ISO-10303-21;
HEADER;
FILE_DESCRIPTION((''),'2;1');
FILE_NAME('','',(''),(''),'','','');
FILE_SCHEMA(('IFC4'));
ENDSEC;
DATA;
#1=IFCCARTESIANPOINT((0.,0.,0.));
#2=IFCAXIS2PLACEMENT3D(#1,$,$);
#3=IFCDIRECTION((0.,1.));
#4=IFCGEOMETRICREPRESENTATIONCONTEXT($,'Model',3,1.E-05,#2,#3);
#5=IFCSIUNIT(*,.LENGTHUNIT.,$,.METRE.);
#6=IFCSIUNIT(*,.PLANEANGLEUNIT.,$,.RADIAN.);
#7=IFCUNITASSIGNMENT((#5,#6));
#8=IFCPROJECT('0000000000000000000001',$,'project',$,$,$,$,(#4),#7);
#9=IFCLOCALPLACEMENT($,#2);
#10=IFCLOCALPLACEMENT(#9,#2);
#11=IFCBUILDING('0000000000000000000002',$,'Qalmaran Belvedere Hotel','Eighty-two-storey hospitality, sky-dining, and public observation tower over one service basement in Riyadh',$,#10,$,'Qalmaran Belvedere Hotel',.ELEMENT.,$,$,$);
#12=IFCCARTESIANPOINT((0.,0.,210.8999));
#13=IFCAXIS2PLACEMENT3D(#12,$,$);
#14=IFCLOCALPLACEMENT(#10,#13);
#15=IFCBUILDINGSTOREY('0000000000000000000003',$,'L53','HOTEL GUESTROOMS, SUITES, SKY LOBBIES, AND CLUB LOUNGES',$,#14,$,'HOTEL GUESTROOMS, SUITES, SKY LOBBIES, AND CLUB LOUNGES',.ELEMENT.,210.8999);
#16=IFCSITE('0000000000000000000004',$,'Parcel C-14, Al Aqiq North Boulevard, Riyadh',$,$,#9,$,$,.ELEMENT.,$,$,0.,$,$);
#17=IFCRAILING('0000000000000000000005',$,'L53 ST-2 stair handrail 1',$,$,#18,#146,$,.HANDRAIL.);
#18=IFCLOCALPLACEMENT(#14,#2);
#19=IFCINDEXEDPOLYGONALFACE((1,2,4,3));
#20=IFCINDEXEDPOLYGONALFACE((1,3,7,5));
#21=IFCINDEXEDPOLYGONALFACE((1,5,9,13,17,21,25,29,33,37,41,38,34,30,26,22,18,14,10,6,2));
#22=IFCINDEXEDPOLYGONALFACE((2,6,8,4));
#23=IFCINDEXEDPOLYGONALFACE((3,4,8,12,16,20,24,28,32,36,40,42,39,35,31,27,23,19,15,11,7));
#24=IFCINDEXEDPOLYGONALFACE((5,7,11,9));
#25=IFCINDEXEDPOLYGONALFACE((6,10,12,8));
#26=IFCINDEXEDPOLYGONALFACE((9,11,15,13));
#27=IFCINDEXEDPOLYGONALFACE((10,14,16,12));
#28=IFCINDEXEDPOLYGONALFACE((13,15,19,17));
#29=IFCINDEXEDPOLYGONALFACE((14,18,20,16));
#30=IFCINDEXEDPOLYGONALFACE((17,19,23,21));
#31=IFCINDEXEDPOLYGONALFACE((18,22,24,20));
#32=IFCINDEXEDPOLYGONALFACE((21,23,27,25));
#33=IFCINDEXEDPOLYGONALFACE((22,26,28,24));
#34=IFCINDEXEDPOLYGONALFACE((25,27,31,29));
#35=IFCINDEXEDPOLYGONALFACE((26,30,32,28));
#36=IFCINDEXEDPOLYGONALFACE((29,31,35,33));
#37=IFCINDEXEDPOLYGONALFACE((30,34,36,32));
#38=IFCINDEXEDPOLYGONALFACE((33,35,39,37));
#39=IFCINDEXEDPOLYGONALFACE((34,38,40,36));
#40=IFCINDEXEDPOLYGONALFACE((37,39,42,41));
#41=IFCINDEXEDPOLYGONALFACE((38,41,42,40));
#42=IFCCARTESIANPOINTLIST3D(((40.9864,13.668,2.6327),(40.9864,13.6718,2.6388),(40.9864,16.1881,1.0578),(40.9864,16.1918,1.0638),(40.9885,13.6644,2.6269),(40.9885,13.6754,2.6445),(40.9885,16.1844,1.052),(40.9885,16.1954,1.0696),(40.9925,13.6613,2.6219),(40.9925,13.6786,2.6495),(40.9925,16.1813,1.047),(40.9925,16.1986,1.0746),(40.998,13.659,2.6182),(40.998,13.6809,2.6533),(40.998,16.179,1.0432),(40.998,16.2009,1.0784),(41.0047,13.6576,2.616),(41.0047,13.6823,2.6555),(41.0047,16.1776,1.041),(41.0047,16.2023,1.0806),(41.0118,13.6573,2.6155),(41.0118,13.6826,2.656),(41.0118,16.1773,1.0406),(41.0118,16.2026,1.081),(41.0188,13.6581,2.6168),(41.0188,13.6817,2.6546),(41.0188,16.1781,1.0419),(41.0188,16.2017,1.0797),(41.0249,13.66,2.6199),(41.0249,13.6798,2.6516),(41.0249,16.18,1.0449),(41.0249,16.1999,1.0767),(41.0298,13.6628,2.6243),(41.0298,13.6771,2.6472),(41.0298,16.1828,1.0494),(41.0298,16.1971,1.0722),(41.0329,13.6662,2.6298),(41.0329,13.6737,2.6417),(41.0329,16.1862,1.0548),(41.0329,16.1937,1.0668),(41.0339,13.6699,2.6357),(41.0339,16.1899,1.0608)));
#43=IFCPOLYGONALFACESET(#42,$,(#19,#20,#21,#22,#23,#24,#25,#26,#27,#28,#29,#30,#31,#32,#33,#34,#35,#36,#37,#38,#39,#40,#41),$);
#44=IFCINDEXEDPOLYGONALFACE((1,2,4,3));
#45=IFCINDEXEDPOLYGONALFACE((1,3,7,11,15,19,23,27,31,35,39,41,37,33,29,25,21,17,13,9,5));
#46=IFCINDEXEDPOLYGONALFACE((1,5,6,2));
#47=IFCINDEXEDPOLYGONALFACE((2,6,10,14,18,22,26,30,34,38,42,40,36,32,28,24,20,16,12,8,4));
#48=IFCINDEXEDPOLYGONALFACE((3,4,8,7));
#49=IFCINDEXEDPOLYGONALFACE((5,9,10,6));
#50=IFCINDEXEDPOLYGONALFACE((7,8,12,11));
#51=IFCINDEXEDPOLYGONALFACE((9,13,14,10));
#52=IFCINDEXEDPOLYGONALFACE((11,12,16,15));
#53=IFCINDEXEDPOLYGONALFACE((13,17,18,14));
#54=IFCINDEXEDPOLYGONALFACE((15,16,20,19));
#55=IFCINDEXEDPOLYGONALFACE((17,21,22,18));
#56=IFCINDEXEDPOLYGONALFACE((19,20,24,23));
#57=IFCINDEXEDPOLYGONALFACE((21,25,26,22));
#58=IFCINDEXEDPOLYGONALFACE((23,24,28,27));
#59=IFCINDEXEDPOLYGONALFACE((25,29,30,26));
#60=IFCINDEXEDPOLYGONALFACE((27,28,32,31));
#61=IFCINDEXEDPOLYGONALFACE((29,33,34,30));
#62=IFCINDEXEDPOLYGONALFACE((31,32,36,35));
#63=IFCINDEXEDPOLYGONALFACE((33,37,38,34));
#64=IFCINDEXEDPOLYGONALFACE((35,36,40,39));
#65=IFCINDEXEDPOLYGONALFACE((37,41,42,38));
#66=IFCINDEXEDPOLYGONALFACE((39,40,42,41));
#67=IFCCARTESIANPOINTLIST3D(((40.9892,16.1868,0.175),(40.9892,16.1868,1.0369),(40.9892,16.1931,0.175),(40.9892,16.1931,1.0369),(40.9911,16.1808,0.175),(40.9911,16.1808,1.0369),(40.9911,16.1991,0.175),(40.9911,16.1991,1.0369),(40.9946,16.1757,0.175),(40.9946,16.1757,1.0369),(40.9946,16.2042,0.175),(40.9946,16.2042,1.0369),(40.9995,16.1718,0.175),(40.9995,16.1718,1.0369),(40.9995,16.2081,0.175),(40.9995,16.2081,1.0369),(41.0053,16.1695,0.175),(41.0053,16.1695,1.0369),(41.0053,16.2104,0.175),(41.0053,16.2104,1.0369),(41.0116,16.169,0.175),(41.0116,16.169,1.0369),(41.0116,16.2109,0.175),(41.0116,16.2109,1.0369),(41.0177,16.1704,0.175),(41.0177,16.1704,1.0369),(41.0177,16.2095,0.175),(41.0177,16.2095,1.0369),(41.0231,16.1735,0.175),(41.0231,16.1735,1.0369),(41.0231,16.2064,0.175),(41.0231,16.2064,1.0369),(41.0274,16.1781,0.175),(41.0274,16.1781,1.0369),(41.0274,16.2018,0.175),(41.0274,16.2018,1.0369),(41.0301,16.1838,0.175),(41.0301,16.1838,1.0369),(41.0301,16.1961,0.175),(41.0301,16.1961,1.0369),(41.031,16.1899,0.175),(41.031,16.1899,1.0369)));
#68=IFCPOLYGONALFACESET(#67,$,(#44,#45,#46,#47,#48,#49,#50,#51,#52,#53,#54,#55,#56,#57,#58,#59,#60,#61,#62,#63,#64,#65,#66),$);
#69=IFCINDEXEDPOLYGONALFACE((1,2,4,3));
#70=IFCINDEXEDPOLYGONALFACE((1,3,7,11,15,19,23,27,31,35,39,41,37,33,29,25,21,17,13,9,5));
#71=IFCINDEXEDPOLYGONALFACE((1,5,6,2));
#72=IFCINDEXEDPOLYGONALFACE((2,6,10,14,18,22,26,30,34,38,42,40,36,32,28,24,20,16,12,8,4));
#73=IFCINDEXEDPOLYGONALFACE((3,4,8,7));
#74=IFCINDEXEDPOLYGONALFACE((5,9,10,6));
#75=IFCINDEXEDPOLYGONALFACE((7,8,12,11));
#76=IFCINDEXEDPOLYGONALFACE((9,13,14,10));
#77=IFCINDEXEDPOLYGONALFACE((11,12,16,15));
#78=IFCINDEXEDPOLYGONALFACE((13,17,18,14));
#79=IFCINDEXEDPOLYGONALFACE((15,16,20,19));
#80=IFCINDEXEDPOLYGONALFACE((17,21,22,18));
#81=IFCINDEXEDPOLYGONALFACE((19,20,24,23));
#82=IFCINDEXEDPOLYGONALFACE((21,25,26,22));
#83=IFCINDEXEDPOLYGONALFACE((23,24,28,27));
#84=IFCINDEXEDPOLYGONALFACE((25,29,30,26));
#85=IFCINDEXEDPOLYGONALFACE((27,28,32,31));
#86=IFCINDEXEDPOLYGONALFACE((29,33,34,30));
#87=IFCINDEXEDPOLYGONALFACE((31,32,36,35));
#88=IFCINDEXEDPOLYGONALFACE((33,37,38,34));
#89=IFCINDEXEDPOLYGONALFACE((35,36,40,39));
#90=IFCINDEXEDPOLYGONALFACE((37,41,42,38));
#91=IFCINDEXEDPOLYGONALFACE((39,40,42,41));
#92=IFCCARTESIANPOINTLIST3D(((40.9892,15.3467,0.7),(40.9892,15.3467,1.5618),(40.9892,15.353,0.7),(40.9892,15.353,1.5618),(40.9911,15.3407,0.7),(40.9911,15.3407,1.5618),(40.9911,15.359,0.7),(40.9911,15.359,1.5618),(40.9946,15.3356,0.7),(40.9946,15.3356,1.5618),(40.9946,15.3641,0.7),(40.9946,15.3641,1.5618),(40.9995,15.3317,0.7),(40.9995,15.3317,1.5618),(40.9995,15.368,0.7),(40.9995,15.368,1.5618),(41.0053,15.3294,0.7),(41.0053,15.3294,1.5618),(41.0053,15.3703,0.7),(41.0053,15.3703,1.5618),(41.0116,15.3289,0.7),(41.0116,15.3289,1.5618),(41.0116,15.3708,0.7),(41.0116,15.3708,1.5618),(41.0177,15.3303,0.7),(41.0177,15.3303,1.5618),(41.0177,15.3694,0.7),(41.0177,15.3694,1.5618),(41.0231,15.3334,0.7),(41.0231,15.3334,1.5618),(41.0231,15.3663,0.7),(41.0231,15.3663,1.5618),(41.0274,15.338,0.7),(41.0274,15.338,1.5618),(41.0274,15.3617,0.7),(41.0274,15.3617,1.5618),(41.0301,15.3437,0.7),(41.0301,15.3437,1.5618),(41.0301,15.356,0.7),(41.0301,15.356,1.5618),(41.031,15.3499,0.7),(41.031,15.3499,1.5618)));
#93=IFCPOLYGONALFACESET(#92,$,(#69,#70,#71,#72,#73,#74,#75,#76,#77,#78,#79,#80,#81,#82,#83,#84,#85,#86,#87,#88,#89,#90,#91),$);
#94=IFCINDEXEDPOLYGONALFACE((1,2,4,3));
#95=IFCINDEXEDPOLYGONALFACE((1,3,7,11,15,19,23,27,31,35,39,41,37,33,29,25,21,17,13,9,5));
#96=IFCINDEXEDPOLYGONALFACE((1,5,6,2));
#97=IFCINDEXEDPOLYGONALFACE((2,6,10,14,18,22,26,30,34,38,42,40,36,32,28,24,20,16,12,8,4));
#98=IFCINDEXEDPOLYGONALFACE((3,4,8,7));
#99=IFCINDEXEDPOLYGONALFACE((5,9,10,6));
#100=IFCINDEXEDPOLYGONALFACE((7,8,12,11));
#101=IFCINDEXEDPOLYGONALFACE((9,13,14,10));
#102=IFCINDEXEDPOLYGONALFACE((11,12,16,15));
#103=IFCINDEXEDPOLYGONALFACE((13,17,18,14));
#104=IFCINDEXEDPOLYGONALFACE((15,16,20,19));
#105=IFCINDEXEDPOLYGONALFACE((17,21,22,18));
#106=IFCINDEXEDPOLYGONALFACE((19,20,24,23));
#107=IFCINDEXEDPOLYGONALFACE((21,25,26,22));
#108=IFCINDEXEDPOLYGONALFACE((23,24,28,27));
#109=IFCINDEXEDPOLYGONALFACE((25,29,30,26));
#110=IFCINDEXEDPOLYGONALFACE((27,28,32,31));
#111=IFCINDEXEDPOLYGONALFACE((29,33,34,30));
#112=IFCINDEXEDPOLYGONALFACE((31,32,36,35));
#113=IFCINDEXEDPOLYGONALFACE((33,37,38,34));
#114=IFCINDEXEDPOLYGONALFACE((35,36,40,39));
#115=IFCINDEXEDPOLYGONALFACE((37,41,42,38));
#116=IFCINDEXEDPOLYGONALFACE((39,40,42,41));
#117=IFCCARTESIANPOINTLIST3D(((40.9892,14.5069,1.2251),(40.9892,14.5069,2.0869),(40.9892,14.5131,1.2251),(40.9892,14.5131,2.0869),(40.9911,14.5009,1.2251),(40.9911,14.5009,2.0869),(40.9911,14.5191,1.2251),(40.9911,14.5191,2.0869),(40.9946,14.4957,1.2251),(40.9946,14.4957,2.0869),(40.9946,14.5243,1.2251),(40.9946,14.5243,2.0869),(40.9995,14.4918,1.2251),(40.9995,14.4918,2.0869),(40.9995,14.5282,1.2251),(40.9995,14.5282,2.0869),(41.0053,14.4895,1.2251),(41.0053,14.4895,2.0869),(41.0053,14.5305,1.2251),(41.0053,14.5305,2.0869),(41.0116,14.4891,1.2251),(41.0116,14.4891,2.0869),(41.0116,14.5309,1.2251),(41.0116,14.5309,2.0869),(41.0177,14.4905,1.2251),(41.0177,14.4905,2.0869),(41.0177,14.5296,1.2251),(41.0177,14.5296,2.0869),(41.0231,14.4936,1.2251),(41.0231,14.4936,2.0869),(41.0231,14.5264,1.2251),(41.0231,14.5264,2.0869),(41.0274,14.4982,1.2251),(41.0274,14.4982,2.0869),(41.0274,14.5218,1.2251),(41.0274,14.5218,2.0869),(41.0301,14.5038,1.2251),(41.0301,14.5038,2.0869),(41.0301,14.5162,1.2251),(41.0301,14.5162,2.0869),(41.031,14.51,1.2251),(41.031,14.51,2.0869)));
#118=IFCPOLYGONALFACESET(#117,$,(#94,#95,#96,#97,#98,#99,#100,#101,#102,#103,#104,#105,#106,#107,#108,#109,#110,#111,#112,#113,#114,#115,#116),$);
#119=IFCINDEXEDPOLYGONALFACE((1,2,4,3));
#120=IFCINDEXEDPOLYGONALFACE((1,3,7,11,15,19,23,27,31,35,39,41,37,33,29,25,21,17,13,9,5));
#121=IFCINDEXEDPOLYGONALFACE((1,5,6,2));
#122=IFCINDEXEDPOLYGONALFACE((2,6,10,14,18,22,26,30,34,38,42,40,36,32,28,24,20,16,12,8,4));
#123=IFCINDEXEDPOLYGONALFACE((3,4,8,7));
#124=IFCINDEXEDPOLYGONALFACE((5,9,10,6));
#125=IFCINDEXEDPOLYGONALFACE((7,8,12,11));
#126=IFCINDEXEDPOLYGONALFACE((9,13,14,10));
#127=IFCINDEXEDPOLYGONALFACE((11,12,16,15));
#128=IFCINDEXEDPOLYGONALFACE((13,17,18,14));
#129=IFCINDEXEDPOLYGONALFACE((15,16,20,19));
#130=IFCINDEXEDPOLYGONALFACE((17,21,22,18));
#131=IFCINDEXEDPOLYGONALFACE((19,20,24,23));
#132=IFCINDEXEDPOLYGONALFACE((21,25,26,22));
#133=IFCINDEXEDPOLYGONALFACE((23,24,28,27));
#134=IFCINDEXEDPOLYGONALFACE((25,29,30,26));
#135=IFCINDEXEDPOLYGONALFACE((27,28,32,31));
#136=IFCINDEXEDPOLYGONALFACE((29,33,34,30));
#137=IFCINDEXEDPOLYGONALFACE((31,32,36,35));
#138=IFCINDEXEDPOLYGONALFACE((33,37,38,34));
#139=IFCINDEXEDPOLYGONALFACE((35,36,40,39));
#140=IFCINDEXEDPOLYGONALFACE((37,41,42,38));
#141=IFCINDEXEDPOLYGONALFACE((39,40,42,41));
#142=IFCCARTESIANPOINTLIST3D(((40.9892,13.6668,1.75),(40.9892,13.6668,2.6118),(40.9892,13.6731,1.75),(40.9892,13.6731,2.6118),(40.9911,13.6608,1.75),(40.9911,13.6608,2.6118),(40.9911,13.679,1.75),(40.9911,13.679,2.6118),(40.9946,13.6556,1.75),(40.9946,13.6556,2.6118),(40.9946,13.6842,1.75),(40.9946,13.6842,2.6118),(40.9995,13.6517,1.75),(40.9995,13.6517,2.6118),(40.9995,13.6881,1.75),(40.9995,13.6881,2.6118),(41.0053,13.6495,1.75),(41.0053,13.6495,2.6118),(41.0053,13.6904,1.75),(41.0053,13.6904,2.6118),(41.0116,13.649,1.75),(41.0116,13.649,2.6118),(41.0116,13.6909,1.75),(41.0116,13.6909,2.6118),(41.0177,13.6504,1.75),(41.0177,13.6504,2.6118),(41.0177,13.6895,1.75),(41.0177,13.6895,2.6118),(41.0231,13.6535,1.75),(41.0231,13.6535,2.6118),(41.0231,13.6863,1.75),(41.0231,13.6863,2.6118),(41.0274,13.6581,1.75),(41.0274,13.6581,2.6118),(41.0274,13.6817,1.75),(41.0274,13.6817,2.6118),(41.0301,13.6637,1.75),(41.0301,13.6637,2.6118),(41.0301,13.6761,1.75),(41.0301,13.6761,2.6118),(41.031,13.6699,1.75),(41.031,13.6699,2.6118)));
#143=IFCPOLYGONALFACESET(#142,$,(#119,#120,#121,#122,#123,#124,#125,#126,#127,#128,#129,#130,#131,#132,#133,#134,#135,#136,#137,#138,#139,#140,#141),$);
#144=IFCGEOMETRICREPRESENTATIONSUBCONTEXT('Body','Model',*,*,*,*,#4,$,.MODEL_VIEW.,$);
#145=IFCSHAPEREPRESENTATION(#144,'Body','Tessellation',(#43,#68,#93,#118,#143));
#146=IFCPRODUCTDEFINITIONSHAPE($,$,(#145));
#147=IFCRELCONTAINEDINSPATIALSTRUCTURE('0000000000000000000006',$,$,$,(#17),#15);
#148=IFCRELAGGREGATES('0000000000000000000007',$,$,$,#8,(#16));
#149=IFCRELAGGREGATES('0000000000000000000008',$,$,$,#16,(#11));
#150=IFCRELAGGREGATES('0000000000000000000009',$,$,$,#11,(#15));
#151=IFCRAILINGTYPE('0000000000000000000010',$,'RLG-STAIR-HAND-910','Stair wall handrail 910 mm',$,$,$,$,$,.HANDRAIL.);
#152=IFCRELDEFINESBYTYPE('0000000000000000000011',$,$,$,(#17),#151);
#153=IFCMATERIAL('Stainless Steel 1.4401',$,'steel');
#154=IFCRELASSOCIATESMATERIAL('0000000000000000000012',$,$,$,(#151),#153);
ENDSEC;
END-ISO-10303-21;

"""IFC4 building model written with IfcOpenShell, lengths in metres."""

from ifc_helpers import new_model, si_unit, direction, frame, origin, origin_2d, place, context, subcontext, project, spatial, circle, extrude, material, type_object, element, save


model = new_model("IFC4")

# Units and contexts
model_context = context("Model", 3, precision=1e-05, world=origin(), true_north=direction((0.0, 1.0)))
body_context = subcontext(model_context, "Body", "Model", "MODEL_VIEW")
ifc_project = project(units=[si_unit("LENGTHUNIT", "METRE"), si_unit("PLANEANGLEUNIT", "RADIAN")], contexts=[model_context])

# Site, building, storey
site_placement = place(None, origin())
site = spatial("IfcSite", under=ifc_project, at=site_placement, Name="Parcel C-14, Al Aqiq North Boulevard, Riyadh", CompositionType="ELEMENT", RefElevation=0.0)
building_placement = place(site_placement, origin())
building = spatial("IfcBuilding", under=site, at=building_placement, Name="Qalmaran Belvedere Hotel", Description="Eighty-two-storey hospitality, sky-dining, and public observation tower over one service basement in Riyadh", LongName="Qalmaran Belvedere Hotel", CompositionType="ELEMENT")
storey_placement = place(building_placement, frame((0.0, 0.0, 210.8999)))
storey = spatial("IfcBuildingStorey", under=building, at=storey_placement, Name="L53", Description="HOTEL GUESTROOMS, SUITES, SKY LOBBIES, AND CLUB LOUNGES", LongName="HOTEL GUESTROOMS, SUITES, SKY LOBBIES, AND CLUB LOUNGES", CompositionType="ELEMENT", Elevation=210.8999)

# Shared definitions
ifc_material_1 = material(Name="Stainless Steel 1.4401", Category="steel")

# Railing
railing_type = type_object("IfcRailingType", Name="RLG-STAIR-HAND-910", Description="Stair wall handrail 910 mm", PredefinedType="HANDRAIL", material=ifc_material_1)
railing_placement = place(storey_placement, frame((41.01, 16.1899, 0.175)))
element("IfcRailing", 1, at=railing_placement, inside=storey, type_object=railing_type, Name="L53 ST-2 stair handrail 1", PredefinedType="HANDRAIL", context=body_context, shape_type="SweptSolid", body=[
    extrude(circle(Radius=0.0239, at=origin_2d()), frame((0.0, 0.0, 0.8857), z_axis=(0.0, -0.848008, 0.529984), x_axis=(1.0, 0.0, 0.0)), (0.0, 0.0, 1.0), 2.9717),
    extrude(circle(Radius=0.021, at=origin_2d()), origin(), (0.0, 0.0, 1.0), 0.8618),
    extrude(circle(Radius=0.021, at=origin_2d()), frame((0.0, -0.8401, 0.5249)), (0.0, 0.0, 1.0), 0.8618),
    extrude(circle(Radius=0.021, at=origin_2d()), frame((0.0, -1.6799, 1.05)), (0.0, 0.0, 1.0), 0.8618),
    extrude(circle(Radius=0.021, at=origin_2d()), frame((0.0, -2.52, 1.575)), (0.0, 0.0, 1.0), 0.8618),
])

save(model, "model.ifc")
